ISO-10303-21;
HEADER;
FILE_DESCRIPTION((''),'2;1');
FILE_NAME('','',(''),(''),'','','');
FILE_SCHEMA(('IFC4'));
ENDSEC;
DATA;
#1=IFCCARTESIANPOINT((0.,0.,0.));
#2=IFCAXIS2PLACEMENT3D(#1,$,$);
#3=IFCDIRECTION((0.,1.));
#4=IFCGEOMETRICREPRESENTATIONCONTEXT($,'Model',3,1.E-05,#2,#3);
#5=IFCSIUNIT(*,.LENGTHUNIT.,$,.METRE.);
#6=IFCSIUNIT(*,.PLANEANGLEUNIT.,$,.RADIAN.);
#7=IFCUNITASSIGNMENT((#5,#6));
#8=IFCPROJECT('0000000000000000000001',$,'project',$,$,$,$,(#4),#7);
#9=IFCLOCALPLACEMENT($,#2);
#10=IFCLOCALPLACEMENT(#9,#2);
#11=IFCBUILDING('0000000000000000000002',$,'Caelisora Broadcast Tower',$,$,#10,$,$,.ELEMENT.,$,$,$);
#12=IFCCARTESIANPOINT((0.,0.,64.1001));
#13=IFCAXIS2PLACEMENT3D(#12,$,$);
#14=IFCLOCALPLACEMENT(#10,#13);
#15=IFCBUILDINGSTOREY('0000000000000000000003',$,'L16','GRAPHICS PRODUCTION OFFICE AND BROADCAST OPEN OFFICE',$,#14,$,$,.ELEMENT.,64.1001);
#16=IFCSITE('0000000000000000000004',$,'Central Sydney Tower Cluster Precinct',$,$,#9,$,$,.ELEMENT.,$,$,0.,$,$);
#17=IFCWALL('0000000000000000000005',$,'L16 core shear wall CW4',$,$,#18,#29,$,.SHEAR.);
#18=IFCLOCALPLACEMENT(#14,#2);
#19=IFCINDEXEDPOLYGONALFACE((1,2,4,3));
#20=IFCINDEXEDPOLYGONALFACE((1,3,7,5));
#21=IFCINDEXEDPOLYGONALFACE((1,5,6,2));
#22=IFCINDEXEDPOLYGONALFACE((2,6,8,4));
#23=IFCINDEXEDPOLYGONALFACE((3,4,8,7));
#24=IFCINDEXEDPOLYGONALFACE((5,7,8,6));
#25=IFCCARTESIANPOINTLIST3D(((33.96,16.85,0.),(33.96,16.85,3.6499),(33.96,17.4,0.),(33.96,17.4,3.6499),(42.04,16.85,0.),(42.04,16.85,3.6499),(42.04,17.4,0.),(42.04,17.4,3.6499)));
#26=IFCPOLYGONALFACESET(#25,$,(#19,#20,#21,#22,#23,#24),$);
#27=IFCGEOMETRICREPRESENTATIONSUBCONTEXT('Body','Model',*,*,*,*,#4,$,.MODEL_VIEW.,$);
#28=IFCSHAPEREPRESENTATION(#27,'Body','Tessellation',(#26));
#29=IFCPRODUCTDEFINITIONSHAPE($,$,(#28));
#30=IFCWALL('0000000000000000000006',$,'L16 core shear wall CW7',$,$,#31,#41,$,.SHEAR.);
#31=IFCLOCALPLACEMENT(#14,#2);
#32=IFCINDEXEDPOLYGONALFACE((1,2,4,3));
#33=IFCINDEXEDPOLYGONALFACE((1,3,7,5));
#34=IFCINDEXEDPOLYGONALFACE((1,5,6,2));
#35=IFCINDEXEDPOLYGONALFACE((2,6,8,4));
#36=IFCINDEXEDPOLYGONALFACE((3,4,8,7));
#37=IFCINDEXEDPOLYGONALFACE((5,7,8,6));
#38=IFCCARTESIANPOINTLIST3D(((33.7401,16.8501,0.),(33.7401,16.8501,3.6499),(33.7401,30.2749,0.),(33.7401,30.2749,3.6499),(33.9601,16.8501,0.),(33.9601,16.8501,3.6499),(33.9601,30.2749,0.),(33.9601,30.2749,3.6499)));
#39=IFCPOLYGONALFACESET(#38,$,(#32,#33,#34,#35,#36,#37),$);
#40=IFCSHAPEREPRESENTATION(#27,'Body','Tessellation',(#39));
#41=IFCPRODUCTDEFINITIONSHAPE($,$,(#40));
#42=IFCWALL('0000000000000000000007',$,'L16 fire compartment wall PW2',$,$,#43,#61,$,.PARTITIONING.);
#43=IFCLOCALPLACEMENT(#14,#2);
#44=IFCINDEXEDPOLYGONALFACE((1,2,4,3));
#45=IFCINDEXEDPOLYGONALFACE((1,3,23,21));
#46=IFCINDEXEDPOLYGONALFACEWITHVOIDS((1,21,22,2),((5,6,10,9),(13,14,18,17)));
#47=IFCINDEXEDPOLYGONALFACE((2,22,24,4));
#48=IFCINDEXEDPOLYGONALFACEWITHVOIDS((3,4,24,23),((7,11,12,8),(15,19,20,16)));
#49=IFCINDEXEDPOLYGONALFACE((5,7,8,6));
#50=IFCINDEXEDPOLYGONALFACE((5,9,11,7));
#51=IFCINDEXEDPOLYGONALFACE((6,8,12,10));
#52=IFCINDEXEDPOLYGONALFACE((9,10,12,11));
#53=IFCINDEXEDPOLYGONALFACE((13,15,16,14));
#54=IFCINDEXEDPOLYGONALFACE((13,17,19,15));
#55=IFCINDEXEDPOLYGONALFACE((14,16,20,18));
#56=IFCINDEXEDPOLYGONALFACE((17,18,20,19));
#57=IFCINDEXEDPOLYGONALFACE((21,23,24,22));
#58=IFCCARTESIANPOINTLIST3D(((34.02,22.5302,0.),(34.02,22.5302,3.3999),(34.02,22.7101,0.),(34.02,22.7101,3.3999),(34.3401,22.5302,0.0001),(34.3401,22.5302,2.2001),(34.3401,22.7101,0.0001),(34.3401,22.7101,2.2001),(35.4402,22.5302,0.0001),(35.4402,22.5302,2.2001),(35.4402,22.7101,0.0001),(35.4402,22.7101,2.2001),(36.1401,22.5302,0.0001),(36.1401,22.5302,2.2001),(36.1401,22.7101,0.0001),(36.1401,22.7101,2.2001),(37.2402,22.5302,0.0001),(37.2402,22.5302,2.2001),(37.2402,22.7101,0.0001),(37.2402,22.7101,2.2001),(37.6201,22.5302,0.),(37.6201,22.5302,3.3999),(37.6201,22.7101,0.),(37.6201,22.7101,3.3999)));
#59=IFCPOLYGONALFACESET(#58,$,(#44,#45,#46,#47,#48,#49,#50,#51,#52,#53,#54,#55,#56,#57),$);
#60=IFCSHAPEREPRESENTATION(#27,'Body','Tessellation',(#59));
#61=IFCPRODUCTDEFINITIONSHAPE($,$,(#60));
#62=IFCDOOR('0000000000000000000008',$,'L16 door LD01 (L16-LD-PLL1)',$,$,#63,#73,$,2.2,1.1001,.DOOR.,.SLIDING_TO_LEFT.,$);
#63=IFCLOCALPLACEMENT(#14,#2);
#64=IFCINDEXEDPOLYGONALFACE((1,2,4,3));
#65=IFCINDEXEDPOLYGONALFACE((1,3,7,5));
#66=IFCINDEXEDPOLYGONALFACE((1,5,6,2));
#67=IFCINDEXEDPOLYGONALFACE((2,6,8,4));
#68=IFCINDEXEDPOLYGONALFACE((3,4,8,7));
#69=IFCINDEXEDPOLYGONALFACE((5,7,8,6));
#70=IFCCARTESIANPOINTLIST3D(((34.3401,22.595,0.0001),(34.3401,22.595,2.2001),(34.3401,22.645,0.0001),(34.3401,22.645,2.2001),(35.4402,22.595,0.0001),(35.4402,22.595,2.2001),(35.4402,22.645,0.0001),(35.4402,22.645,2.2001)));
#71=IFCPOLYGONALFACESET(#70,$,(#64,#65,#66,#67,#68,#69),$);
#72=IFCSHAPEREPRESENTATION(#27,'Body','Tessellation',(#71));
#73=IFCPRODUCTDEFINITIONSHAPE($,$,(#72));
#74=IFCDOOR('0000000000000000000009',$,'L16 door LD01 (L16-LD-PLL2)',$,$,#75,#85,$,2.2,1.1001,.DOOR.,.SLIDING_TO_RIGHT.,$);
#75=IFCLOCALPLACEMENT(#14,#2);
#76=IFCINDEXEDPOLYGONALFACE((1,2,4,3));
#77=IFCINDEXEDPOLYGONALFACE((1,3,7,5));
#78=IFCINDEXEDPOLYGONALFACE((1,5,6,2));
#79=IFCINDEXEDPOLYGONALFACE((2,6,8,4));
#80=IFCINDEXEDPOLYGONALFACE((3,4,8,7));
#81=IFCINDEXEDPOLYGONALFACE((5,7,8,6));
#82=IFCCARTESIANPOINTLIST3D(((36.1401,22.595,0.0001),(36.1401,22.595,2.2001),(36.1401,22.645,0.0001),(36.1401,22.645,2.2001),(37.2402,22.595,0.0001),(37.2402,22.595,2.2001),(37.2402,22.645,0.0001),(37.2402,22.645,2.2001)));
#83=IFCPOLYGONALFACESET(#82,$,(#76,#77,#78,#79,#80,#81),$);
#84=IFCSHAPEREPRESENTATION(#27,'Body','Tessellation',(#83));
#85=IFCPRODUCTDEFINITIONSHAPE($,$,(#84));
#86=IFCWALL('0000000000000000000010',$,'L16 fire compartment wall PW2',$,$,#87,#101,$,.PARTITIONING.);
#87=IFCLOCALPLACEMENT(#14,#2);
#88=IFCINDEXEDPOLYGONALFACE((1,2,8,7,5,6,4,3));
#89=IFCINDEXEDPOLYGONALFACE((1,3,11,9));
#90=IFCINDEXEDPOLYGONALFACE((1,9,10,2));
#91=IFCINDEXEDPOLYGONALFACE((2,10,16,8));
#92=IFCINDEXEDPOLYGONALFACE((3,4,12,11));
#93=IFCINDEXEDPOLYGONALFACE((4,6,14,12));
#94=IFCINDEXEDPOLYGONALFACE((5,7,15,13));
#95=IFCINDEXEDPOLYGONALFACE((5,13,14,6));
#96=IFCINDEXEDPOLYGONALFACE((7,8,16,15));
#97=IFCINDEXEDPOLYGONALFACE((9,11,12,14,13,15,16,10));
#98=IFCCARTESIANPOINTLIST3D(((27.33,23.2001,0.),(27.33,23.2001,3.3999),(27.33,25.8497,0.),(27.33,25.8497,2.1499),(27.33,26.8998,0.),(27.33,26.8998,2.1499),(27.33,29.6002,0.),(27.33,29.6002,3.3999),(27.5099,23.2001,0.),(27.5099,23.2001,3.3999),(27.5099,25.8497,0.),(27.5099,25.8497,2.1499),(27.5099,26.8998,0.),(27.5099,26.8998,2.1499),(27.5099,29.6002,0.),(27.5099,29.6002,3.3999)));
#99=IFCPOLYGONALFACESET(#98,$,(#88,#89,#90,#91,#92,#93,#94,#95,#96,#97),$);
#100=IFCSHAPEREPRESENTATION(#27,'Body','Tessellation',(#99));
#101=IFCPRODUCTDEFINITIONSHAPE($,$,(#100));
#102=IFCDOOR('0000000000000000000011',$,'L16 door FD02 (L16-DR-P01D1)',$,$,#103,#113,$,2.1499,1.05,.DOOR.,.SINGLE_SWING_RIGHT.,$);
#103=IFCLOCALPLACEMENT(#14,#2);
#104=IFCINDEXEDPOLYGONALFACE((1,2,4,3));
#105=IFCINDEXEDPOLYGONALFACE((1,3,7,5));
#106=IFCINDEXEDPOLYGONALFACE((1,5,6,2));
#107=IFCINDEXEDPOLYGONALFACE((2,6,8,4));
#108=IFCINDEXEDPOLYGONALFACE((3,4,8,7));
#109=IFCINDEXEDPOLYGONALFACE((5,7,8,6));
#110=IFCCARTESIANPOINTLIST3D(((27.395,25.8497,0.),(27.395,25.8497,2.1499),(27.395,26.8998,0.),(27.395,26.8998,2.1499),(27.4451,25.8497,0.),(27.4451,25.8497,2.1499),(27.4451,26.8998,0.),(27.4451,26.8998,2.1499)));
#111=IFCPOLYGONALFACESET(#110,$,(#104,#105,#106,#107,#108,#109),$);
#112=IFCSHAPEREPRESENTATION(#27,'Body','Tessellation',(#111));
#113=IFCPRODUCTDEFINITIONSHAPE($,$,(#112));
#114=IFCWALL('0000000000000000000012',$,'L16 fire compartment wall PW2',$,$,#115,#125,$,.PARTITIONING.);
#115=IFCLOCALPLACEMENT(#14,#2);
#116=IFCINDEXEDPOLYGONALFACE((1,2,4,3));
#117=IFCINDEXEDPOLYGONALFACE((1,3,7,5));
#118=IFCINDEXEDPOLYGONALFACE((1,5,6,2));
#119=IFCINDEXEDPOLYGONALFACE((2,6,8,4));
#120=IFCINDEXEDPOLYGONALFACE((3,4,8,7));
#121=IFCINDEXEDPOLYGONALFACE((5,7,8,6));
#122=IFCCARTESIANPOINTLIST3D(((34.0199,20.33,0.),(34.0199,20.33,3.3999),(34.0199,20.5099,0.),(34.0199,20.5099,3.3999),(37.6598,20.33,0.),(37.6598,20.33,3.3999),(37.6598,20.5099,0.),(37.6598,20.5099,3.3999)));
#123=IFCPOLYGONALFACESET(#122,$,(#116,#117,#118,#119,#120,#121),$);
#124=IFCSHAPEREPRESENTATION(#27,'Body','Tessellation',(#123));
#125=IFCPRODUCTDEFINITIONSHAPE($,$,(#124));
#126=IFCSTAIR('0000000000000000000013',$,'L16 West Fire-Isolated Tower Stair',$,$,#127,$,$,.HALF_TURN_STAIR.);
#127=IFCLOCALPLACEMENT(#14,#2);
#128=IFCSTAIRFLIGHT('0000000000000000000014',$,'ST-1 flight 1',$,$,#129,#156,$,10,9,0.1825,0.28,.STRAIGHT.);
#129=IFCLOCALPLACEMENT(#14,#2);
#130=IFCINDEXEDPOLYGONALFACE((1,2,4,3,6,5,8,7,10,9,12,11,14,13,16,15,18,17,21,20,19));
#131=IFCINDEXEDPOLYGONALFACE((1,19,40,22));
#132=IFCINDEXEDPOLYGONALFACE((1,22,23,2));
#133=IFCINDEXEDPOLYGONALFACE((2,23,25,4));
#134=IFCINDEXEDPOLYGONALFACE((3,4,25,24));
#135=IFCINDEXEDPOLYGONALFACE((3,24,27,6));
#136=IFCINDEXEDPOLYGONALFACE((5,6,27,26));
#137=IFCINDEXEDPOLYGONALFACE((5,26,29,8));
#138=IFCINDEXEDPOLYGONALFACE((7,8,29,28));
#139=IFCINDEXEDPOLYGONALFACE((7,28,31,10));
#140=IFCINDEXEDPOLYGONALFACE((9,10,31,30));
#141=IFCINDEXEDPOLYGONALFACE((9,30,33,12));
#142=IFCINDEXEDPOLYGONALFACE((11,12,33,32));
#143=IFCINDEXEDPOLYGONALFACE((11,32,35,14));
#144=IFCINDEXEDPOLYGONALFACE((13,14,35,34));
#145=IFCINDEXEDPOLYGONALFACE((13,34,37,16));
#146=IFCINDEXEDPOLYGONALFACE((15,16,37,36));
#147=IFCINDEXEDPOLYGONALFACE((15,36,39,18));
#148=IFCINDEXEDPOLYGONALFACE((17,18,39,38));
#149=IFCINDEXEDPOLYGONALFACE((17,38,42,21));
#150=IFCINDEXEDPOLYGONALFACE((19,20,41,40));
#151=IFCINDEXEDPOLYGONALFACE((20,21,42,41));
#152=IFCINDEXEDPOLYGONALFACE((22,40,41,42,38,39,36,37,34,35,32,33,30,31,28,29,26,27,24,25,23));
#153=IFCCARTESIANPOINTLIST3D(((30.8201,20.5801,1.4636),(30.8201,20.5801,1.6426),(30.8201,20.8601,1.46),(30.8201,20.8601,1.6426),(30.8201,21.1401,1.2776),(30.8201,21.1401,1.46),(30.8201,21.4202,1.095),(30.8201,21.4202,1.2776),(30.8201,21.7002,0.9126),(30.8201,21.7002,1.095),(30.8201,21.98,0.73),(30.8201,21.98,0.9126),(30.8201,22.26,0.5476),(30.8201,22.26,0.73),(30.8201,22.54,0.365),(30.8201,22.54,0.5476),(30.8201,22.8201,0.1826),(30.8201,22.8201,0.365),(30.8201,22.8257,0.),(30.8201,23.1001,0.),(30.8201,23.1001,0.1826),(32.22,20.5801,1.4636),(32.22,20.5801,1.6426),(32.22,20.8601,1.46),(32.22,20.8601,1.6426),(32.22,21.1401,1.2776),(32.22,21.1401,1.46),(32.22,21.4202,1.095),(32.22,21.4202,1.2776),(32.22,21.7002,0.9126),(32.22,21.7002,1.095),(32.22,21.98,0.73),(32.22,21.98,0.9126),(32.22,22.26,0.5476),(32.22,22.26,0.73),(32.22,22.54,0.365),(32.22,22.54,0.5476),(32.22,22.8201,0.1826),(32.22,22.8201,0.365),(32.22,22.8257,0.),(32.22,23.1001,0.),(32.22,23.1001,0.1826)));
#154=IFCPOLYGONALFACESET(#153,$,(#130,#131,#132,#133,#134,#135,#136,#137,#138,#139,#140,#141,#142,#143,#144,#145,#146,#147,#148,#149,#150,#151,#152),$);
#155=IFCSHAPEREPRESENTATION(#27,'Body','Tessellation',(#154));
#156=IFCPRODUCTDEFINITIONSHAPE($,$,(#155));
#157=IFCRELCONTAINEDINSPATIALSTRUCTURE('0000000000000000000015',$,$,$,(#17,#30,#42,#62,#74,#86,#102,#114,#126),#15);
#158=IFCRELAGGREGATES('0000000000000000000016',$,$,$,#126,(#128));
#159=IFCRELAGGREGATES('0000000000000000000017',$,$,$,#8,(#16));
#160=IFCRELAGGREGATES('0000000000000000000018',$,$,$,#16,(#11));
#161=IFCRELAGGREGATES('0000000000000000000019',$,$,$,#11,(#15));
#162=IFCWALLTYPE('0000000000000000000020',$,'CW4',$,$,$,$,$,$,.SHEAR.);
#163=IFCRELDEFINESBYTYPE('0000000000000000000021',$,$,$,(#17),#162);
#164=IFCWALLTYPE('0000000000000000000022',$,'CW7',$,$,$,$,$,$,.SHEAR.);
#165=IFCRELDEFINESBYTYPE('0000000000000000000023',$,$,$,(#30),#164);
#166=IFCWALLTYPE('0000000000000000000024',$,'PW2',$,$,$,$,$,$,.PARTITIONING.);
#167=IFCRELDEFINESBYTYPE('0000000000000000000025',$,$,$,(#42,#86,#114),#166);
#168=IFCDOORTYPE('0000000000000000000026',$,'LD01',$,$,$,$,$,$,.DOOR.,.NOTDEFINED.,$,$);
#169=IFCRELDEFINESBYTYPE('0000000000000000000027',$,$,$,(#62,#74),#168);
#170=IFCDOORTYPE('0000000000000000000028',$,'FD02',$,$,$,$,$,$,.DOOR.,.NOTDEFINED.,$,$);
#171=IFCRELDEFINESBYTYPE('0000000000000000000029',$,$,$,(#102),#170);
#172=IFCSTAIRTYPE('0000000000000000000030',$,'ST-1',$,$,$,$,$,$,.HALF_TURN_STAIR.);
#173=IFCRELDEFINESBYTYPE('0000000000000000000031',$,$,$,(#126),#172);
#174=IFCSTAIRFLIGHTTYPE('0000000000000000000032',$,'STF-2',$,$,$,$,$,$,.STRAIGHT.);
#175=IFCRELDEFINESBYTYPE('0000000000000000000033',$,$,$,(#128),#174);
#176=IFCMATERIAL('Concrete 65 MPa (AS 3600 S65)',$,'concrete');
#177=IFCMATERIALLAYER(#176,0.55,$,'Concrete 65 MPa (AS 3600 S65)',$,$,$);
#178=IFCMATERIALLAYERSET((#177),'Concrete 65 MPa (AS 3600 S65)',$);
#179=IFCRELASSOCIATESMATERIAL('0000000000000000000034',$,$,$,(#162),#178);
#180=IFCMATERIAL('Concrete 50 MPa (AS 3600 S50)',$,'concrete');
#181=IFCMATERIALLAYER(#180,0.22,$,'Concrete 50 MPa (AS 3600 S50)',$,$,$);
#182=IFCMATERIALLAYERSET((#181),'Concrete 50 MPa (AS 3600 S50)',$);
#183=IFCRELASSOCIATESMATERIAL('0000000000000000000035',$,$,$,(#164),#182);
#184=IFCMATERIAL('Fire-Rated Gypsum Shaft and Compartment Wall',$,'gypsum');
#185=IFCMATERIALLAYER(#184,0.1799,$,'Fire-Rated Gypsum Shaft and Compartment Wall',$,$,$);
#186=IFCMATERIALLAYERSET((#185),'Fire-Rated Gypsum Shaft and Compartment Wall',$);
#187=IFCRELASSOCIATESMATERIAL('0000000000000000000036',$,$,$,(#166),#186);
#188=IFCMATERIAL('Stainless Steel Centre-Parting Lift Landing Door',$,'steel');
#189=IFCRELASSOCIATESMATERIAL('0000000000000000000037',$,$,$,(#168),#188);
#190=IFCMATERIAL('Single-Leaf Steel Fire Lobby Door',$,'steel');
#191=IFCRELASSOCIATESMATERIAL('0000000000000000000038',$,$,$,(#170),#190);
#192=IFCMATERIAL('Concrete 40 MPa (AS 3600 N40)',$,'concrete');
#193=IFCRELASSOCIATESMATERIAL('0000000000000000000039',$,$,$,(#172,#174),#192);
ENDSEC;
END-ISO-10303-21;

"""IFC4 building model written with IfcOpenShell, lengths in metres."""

from ifc_helpers import new_model, si_unit, direction, frame, frame_2d, origin, place, context, subcontext, project, spatial, polyline, rectangle, outline, extrude, material, layer, layer_set, type_object, element, fill, aggregate, save


model = new_model("IFC4")

# Units and contexts
model_context = context("Model", 3, precision=1e-05, world=origin(), true_north=direction((0.0, 1.0)))
body_context = subcontext(model_context, "Body", "Model", "MODEL_VIEW")
ifc_project = project(units=[si_unit("LENGTHUNIT", "METRE"), si_unit("PLANEANGLEUNIT", "RADIAN")], contexts=[model_context])

# Site, building, storey
site_placement = place(None, origin())
site = spatial("IfcSite", under=ifc_project, at=site_placement, Name="Central Sydney Tower Cluster Precinct", CompositionType="ELEMENT", RefElevation=0.0)
building_placement = place(site_placement, origin())
building = spatial("IfcBuilding", under=site, at=building_placement, Name="Caelisora Broadcast Tower", CompositionType="ELEMENT")
storey_placement = place(building_placement, frame((0.0, 0.0, 64.1001)))
storey = spatial("IfcBuildingStorey", under=building, at=storey_placement, Name="L16", Description="GRAPHICS PRODUCTION OFFICE AND BROADCAST OPEN OFFICE", CompositionType="ELEMENT", Elevation=64.1001)

# Shared definitions
ifc_material_1 = material(Name="Concrete 65 MPa (AS 3600 S65)", Category="concrete")

# Walls
ifc_layer_1 = layer(ifc_material_1, 0.55, Name="Concrete 65 MPa (AS 3600 S65)")
ifc_layer_set_1 = layer_set([ifc_layer_1], Name="Concrete 65 MPa (AS 3600 S65)")
wall_type_1 = type_object("IfcWallType", Name="CW4", PredefinedType="SHEAR", material=ifc_layer_set_1)
wall_1_placement = place(storey_placement, frame((33.96, 17.125, 0.0), z_axis=(0.0, 0.0, 1.0), x_axis=(1.0, 0.0, 0.0)))
element("IfcWall", 1, at=wall_1_placement, inside=storey, type_object=wall_type_1, Name="L16 core shear wall CW4", PredefinedType="SHEAR", context=body_context, shape_type="SweptSolid", body=[
    extrude(rectangle(XDim=8.0801, YDim=0.55, at=frame_2d((4.04, 0.0))), origin(), (0.0, 0.0, 1.0), 3.6499),
])
ifc_material_2 = material(Name="Concrete 50 MPa (AS 3600 S50)", Category="concrete")
ifc_layer_2 = layer(ifc_material_2, 0.22, Name="Concrete 50 MPa (AS 3600 S50)")
ifc_layer_set_2 = layer_set([ifc_layer_2], Name="Concrete 50 MPa (AS 3600 S50)")
wall_type_2 = type_object("IfcWallType", Name="CW7", PredefinedType="SHEAR", material=ifc_layer_set_2)
wall_2_placement = place(storey_placement, frame((33.8501, 16.8501, 0.0), z_axis=(0.0, 0.0, 1.0), x_axis=(0.0, 1.0, 0.0)))
element("IfcWall", 2, at=wall_2_placement, inside=storey, type_object=wall_type_2, Name="L16 core shear wall CW7", PredefinedType="SHEAR", context=body_context, shape_type="SweptSolid", body=[
    extrude(rectangle(XDim=13.4248, YDim=0.22, at=frame_2d((6.7124, 0.0))), origin(), (0.0, 0.0, 1.0), 3.6499),
])

# Wall, openings, doors
ifc_material_3 = material(Name="Fire-Rated Gypsum Shaft and Compartment Wall", Category="gypsum")
ifc_layer_3 = layer(ifc_material_3, 0.1799, Name="Fire-Rated Gypsum Shaft and Compartment Wall")
ifc_layer_set_3 = layer_set([ifc_layer_3], Name="Fire-Rated Gypsum Shaft and Compartment Wall")
wall_type_3 = type_object("IfcWallType", Name="PW2", PredefinedType="PARTITIONING", material=ifc_layer_set_3)
wall_3_placement = place(storey_placement, frame((34.02, 22.6201, 0.0), z_axis=(0.0, 0.0, 1.0), x_axis=(1.0, 0.0, 0.0)))
wall_3 = element("IfcWall", 3, at=wall_3_placement, inside=storey, type_object=wall_type_3, Name="L16 fire compartment wall PW2", PredefinedType="PARTITIONING", context=body_context, shape_type="SweptSolid", body=[
    extrude(rectangle(XDim=3.6001, YDim=0.1799, at=frame_2d((1.8, 0.0))), origin(), (0.0, 0.0, 1.0), 3.3999),
])
opening_1_placement = place(wall_3_placement, frame((0.3201, 0.0, 0.0)))
opening_1 = element("IfcOpeningElement", 4, at=opening_1_placement, cuts=wall_3, PredefinedType="OPENING", context=body_context, shape_type="SweptSolid", body=[
    extrude(rectangle(XDim=1.1001, YDim=2.2, at=frame_2d((0.55, 1.1001))), frame((0.0, 0.1021, 0.0), z_axis=(0.0, -1.0, 0.0), x_axis=(1.0, 0.0, 0.0)), (0.0, 0.0, 1.0), 0.2039),
])
opening_2_placement = place(wall_3_placement, frame((2.1201, 0.0, 0.0)))
opening_2 = element("IfcOpeningElement", 5, at=opening_2_placement, cuts=wall_3, PredefinedType="OPENING", context=body_context, shape_type="SweptSolid", body=[
    extrude(rectangle(XDim=1.1001, YDim=2.2, at=frame_2d((0.55, 1.1001))), frame((0.0, 0.1021, 0.0), z_axis=(0.0, -1.0, 0.0), x_axis=(1.0, 0.0, 0.0)), (0.0, 0.0, 1.0), 0.2039),
])
ifc_material_4 = material(Name="Stainless Steel Centre-Parting Lift Landing Door", Category="steel")
door_type_1 = type_object("IfcDoorType", Name="LD01", OperationType="NOTDEFINED", PredefinedType="DOOR", material=ifc_material_4)
door_1_placement = place(opening_1_placement, origin())
door_1 = element("IfcDoor", 6, at=door_1_placement, inside=storey, type_object=door_type_1, Name="L16 door LD01 (L16-LD-PLL1)", OperationType="SLIDING_TO_LEFT", OverallHeight=2.2, OverallWidth=1.1001, PredefinedType="DOOR", context=body_context, shape_type="SweptSolid", body=[
    extrude(rectangle(XDim=1.1001, YDim=2.2, at=frame_2d((0.55, 1.1001))), frame((0.0, 0.0249, 0.0), z_axis=(0.0, -1.0, 0.0), x_axis=(1.0, 0.0, 0.0)), (0.0, 0.0, 1.0), 0.05),
])
fill(opening_1, door_1)
door_2_placement = place(opening_2_placement, origin())
door_2 = element("IfcDoor", 7, at=door_2_placement, inside=storey, type_object=door_type_1, Name="L16 door LD01 (L16-LD-PLL2)", OperationType="SLIDING_TO_RIGHT", OverallHeight=2.2, OverallWidth=1.1001, PredefinedType="DOOR", context=body_context, shape_type="SweptSolid", body=[
    extrude(rectangle(XDim=1.1001, YDim=2.2, at=frame_2d((0.55, 1.1001))), frame((0.0, 0.0249, 0.0), z_axis=(0.0, -1.0, 0.0), x_axis=(1.0, 0.0, 0.0)), (0.0, 0.0, 1.0), 0.05),
])
fill(opening_2, door_2)

# Wall, opening, door
wall_4_placement = place(storey_placement, frame((27.4199, 23.2, 0.0), z_axis=(0.0, 0.0, 1.0), x_axis=(0.0, 1.0, 0.0)))
wall_4 = element("IfcWall", 8, at=wall_4_placement, inside=storey, type_object=wall_type_3, Name="L16 fire compartment wall PW2", PredefinedType="PARTITIONING", context=body_context, shape_type="SweptSolid", body=[
    extrude(rectangle(XDim=6.4001, YDim=0.1799, at=frame_2d((3.2002, 0.0))), origin(), (0.0, 0.0, 1.0), 3.3999),
])
opening_3_placement = place(wall_4_placement, frame((2.6499, 0.0, 0.0)))
opening_3 = element("IfcOpeningElement", 9, at=opening_3_placement, cuts=wall_4, PredefinedType="OPENING", context=body_context, shape_type="SweptSolid", body=[
    extrude(rectangle(XDim=1.05, YDim=2.1499, at=frame_2d((0.5249, 1.075))), frame((0.0, 0.1021, 0.0), z_axis=(0.0, -1.0, 0.0), x_axis=(1.0, 0.0, 0.0)), (0.0, 0.0, 1.0), 0.2039),
])
ifc_material_5 = material(Name="Single-Leaf Steel Fire Lobby Door", Category="steel")
door_type_2 = type_object("IfcDoorType", Name="FD02", OperationType="NOTDEFINED", PredefinedType="DOOR", material=ifc_material_5)
door_3_placement = place(opening_3_placement, origin())
door_3 = element("IfcDoor", 10, at=door_3_placement, inside=storey, type_object=door_type_2, Name="L16 door FD02 (L16-DR-P01D1)", OperationType="SINGLE_SWING_RIGHT", OverallHeight=2.1499, OverallWidth=1.05, PredefinedType="DOOR", context=body_context, shape_type="SweptSolid", body=[
    extrude(rectangle(XDim=1.05, YDim=2.1499, at=frame_2d((0.5249, 1.075))), frame((0.0, 0.0249, 0.0), z_axis=(0.0, -1.0, 0.0), x_axis=(1.0, 0.0, 0.0)), (0.0, 0.0, 1.0), 0.05),
])
fill(opening_3, door_3)

# Wall
wall_5_placement = place(storey_placement, frame((34.02, 20.4199, 0.0), z_axis=(0.0, 0.0, 1.0), x_axis=(1.0, 0.0, 0.0)))
element("IfcWall", 11, at=wall_5_placement, inside=storey, type_object=wall_type_3, Name="L16 fire compartment wall PW2", PredefinedType="PARTITIONING", context=body_context, shape_type="SweptSolid", body=[
    extrude(rectangle(XDim=3.6399, YDim=0.1799, at=frame_2d((1.8198, 0.0))), origin(), (0.0, 0.0, 1.0), 3.3999),
])

# Stair, stair flight
ifc_material_6 = material(Name="Concrete 40 MPa (AS 3600 N40)", Category="concrete")
stair_type = type_object("IfcStairType", Name="ST-1", PredefinedType="HALF_TURN_STAIR", material=ifc_material_6)
stair_placement = place(storey_placement, origin())
stair = element("IfcStair", 12, at=stair_placement, inside=storey, type_object=stair_type, Name="L16 West Fire-Isolated Tower Stair", PredefinedType="HALF_TURN_STAIR")
stair_flight_type = type_object("IfcStairFlightType", Name="STF-2", PredefinedType="STRAIGHT", material=ifc_material_6)
stair_flight_1_placement = place(storey_placement, frame((31.52, 23.1001, 0.0), z_axis=(0.0, 0.0, 1.0), x_axis=(0.0, -1.0, 0.0)))
stair_flight_1 = element("IfcStairFlight", 13, at=stair_flight_1_placement, type_object=stair_flight_type, Name="ST-1 flight 1", NumberOfRisers=10, NumberOfTreads=9, PredefinedType="STRAIGHT", RiserHeight=0.1825, TreadLength=0.28, context=body_context, shape_type="SweptSolid", body=[
    extrude(outline(polyline([(0.0, 0.0), (0.0, 0.1826), (0.28, 0.1826), (0.28, 0.365), (0.5601, 0.365), (0.5601, 0.5476), (0.8401, 0.5476), (0.8401, 0.73), (1.1201, 0.73), (1.1201, 0.9126), (1.3999, 0.9126), (1.3999, 1.095), (1.6799, 1.095), (1.6799, 1.2776), (1.96, 1.2776), (1.96, 1.46), (2.24, 1.46), (2.24, 1.6426), (2.52, 1.6426), (2.52, 1.825), (2.52, 1.4636), (0.2744, 0.0), (0.0, 0.0)])), frame((0.0, 0.7, 0.0), z_axis=(0.0, -1.0, 0.0), x_axis=(1.0, 0.0, 0.0)), (0.0, 0.0, 1.0), 1.3999),
])
aggregate(stair, [stair_flight_1])

save(model, "model.ifc")
